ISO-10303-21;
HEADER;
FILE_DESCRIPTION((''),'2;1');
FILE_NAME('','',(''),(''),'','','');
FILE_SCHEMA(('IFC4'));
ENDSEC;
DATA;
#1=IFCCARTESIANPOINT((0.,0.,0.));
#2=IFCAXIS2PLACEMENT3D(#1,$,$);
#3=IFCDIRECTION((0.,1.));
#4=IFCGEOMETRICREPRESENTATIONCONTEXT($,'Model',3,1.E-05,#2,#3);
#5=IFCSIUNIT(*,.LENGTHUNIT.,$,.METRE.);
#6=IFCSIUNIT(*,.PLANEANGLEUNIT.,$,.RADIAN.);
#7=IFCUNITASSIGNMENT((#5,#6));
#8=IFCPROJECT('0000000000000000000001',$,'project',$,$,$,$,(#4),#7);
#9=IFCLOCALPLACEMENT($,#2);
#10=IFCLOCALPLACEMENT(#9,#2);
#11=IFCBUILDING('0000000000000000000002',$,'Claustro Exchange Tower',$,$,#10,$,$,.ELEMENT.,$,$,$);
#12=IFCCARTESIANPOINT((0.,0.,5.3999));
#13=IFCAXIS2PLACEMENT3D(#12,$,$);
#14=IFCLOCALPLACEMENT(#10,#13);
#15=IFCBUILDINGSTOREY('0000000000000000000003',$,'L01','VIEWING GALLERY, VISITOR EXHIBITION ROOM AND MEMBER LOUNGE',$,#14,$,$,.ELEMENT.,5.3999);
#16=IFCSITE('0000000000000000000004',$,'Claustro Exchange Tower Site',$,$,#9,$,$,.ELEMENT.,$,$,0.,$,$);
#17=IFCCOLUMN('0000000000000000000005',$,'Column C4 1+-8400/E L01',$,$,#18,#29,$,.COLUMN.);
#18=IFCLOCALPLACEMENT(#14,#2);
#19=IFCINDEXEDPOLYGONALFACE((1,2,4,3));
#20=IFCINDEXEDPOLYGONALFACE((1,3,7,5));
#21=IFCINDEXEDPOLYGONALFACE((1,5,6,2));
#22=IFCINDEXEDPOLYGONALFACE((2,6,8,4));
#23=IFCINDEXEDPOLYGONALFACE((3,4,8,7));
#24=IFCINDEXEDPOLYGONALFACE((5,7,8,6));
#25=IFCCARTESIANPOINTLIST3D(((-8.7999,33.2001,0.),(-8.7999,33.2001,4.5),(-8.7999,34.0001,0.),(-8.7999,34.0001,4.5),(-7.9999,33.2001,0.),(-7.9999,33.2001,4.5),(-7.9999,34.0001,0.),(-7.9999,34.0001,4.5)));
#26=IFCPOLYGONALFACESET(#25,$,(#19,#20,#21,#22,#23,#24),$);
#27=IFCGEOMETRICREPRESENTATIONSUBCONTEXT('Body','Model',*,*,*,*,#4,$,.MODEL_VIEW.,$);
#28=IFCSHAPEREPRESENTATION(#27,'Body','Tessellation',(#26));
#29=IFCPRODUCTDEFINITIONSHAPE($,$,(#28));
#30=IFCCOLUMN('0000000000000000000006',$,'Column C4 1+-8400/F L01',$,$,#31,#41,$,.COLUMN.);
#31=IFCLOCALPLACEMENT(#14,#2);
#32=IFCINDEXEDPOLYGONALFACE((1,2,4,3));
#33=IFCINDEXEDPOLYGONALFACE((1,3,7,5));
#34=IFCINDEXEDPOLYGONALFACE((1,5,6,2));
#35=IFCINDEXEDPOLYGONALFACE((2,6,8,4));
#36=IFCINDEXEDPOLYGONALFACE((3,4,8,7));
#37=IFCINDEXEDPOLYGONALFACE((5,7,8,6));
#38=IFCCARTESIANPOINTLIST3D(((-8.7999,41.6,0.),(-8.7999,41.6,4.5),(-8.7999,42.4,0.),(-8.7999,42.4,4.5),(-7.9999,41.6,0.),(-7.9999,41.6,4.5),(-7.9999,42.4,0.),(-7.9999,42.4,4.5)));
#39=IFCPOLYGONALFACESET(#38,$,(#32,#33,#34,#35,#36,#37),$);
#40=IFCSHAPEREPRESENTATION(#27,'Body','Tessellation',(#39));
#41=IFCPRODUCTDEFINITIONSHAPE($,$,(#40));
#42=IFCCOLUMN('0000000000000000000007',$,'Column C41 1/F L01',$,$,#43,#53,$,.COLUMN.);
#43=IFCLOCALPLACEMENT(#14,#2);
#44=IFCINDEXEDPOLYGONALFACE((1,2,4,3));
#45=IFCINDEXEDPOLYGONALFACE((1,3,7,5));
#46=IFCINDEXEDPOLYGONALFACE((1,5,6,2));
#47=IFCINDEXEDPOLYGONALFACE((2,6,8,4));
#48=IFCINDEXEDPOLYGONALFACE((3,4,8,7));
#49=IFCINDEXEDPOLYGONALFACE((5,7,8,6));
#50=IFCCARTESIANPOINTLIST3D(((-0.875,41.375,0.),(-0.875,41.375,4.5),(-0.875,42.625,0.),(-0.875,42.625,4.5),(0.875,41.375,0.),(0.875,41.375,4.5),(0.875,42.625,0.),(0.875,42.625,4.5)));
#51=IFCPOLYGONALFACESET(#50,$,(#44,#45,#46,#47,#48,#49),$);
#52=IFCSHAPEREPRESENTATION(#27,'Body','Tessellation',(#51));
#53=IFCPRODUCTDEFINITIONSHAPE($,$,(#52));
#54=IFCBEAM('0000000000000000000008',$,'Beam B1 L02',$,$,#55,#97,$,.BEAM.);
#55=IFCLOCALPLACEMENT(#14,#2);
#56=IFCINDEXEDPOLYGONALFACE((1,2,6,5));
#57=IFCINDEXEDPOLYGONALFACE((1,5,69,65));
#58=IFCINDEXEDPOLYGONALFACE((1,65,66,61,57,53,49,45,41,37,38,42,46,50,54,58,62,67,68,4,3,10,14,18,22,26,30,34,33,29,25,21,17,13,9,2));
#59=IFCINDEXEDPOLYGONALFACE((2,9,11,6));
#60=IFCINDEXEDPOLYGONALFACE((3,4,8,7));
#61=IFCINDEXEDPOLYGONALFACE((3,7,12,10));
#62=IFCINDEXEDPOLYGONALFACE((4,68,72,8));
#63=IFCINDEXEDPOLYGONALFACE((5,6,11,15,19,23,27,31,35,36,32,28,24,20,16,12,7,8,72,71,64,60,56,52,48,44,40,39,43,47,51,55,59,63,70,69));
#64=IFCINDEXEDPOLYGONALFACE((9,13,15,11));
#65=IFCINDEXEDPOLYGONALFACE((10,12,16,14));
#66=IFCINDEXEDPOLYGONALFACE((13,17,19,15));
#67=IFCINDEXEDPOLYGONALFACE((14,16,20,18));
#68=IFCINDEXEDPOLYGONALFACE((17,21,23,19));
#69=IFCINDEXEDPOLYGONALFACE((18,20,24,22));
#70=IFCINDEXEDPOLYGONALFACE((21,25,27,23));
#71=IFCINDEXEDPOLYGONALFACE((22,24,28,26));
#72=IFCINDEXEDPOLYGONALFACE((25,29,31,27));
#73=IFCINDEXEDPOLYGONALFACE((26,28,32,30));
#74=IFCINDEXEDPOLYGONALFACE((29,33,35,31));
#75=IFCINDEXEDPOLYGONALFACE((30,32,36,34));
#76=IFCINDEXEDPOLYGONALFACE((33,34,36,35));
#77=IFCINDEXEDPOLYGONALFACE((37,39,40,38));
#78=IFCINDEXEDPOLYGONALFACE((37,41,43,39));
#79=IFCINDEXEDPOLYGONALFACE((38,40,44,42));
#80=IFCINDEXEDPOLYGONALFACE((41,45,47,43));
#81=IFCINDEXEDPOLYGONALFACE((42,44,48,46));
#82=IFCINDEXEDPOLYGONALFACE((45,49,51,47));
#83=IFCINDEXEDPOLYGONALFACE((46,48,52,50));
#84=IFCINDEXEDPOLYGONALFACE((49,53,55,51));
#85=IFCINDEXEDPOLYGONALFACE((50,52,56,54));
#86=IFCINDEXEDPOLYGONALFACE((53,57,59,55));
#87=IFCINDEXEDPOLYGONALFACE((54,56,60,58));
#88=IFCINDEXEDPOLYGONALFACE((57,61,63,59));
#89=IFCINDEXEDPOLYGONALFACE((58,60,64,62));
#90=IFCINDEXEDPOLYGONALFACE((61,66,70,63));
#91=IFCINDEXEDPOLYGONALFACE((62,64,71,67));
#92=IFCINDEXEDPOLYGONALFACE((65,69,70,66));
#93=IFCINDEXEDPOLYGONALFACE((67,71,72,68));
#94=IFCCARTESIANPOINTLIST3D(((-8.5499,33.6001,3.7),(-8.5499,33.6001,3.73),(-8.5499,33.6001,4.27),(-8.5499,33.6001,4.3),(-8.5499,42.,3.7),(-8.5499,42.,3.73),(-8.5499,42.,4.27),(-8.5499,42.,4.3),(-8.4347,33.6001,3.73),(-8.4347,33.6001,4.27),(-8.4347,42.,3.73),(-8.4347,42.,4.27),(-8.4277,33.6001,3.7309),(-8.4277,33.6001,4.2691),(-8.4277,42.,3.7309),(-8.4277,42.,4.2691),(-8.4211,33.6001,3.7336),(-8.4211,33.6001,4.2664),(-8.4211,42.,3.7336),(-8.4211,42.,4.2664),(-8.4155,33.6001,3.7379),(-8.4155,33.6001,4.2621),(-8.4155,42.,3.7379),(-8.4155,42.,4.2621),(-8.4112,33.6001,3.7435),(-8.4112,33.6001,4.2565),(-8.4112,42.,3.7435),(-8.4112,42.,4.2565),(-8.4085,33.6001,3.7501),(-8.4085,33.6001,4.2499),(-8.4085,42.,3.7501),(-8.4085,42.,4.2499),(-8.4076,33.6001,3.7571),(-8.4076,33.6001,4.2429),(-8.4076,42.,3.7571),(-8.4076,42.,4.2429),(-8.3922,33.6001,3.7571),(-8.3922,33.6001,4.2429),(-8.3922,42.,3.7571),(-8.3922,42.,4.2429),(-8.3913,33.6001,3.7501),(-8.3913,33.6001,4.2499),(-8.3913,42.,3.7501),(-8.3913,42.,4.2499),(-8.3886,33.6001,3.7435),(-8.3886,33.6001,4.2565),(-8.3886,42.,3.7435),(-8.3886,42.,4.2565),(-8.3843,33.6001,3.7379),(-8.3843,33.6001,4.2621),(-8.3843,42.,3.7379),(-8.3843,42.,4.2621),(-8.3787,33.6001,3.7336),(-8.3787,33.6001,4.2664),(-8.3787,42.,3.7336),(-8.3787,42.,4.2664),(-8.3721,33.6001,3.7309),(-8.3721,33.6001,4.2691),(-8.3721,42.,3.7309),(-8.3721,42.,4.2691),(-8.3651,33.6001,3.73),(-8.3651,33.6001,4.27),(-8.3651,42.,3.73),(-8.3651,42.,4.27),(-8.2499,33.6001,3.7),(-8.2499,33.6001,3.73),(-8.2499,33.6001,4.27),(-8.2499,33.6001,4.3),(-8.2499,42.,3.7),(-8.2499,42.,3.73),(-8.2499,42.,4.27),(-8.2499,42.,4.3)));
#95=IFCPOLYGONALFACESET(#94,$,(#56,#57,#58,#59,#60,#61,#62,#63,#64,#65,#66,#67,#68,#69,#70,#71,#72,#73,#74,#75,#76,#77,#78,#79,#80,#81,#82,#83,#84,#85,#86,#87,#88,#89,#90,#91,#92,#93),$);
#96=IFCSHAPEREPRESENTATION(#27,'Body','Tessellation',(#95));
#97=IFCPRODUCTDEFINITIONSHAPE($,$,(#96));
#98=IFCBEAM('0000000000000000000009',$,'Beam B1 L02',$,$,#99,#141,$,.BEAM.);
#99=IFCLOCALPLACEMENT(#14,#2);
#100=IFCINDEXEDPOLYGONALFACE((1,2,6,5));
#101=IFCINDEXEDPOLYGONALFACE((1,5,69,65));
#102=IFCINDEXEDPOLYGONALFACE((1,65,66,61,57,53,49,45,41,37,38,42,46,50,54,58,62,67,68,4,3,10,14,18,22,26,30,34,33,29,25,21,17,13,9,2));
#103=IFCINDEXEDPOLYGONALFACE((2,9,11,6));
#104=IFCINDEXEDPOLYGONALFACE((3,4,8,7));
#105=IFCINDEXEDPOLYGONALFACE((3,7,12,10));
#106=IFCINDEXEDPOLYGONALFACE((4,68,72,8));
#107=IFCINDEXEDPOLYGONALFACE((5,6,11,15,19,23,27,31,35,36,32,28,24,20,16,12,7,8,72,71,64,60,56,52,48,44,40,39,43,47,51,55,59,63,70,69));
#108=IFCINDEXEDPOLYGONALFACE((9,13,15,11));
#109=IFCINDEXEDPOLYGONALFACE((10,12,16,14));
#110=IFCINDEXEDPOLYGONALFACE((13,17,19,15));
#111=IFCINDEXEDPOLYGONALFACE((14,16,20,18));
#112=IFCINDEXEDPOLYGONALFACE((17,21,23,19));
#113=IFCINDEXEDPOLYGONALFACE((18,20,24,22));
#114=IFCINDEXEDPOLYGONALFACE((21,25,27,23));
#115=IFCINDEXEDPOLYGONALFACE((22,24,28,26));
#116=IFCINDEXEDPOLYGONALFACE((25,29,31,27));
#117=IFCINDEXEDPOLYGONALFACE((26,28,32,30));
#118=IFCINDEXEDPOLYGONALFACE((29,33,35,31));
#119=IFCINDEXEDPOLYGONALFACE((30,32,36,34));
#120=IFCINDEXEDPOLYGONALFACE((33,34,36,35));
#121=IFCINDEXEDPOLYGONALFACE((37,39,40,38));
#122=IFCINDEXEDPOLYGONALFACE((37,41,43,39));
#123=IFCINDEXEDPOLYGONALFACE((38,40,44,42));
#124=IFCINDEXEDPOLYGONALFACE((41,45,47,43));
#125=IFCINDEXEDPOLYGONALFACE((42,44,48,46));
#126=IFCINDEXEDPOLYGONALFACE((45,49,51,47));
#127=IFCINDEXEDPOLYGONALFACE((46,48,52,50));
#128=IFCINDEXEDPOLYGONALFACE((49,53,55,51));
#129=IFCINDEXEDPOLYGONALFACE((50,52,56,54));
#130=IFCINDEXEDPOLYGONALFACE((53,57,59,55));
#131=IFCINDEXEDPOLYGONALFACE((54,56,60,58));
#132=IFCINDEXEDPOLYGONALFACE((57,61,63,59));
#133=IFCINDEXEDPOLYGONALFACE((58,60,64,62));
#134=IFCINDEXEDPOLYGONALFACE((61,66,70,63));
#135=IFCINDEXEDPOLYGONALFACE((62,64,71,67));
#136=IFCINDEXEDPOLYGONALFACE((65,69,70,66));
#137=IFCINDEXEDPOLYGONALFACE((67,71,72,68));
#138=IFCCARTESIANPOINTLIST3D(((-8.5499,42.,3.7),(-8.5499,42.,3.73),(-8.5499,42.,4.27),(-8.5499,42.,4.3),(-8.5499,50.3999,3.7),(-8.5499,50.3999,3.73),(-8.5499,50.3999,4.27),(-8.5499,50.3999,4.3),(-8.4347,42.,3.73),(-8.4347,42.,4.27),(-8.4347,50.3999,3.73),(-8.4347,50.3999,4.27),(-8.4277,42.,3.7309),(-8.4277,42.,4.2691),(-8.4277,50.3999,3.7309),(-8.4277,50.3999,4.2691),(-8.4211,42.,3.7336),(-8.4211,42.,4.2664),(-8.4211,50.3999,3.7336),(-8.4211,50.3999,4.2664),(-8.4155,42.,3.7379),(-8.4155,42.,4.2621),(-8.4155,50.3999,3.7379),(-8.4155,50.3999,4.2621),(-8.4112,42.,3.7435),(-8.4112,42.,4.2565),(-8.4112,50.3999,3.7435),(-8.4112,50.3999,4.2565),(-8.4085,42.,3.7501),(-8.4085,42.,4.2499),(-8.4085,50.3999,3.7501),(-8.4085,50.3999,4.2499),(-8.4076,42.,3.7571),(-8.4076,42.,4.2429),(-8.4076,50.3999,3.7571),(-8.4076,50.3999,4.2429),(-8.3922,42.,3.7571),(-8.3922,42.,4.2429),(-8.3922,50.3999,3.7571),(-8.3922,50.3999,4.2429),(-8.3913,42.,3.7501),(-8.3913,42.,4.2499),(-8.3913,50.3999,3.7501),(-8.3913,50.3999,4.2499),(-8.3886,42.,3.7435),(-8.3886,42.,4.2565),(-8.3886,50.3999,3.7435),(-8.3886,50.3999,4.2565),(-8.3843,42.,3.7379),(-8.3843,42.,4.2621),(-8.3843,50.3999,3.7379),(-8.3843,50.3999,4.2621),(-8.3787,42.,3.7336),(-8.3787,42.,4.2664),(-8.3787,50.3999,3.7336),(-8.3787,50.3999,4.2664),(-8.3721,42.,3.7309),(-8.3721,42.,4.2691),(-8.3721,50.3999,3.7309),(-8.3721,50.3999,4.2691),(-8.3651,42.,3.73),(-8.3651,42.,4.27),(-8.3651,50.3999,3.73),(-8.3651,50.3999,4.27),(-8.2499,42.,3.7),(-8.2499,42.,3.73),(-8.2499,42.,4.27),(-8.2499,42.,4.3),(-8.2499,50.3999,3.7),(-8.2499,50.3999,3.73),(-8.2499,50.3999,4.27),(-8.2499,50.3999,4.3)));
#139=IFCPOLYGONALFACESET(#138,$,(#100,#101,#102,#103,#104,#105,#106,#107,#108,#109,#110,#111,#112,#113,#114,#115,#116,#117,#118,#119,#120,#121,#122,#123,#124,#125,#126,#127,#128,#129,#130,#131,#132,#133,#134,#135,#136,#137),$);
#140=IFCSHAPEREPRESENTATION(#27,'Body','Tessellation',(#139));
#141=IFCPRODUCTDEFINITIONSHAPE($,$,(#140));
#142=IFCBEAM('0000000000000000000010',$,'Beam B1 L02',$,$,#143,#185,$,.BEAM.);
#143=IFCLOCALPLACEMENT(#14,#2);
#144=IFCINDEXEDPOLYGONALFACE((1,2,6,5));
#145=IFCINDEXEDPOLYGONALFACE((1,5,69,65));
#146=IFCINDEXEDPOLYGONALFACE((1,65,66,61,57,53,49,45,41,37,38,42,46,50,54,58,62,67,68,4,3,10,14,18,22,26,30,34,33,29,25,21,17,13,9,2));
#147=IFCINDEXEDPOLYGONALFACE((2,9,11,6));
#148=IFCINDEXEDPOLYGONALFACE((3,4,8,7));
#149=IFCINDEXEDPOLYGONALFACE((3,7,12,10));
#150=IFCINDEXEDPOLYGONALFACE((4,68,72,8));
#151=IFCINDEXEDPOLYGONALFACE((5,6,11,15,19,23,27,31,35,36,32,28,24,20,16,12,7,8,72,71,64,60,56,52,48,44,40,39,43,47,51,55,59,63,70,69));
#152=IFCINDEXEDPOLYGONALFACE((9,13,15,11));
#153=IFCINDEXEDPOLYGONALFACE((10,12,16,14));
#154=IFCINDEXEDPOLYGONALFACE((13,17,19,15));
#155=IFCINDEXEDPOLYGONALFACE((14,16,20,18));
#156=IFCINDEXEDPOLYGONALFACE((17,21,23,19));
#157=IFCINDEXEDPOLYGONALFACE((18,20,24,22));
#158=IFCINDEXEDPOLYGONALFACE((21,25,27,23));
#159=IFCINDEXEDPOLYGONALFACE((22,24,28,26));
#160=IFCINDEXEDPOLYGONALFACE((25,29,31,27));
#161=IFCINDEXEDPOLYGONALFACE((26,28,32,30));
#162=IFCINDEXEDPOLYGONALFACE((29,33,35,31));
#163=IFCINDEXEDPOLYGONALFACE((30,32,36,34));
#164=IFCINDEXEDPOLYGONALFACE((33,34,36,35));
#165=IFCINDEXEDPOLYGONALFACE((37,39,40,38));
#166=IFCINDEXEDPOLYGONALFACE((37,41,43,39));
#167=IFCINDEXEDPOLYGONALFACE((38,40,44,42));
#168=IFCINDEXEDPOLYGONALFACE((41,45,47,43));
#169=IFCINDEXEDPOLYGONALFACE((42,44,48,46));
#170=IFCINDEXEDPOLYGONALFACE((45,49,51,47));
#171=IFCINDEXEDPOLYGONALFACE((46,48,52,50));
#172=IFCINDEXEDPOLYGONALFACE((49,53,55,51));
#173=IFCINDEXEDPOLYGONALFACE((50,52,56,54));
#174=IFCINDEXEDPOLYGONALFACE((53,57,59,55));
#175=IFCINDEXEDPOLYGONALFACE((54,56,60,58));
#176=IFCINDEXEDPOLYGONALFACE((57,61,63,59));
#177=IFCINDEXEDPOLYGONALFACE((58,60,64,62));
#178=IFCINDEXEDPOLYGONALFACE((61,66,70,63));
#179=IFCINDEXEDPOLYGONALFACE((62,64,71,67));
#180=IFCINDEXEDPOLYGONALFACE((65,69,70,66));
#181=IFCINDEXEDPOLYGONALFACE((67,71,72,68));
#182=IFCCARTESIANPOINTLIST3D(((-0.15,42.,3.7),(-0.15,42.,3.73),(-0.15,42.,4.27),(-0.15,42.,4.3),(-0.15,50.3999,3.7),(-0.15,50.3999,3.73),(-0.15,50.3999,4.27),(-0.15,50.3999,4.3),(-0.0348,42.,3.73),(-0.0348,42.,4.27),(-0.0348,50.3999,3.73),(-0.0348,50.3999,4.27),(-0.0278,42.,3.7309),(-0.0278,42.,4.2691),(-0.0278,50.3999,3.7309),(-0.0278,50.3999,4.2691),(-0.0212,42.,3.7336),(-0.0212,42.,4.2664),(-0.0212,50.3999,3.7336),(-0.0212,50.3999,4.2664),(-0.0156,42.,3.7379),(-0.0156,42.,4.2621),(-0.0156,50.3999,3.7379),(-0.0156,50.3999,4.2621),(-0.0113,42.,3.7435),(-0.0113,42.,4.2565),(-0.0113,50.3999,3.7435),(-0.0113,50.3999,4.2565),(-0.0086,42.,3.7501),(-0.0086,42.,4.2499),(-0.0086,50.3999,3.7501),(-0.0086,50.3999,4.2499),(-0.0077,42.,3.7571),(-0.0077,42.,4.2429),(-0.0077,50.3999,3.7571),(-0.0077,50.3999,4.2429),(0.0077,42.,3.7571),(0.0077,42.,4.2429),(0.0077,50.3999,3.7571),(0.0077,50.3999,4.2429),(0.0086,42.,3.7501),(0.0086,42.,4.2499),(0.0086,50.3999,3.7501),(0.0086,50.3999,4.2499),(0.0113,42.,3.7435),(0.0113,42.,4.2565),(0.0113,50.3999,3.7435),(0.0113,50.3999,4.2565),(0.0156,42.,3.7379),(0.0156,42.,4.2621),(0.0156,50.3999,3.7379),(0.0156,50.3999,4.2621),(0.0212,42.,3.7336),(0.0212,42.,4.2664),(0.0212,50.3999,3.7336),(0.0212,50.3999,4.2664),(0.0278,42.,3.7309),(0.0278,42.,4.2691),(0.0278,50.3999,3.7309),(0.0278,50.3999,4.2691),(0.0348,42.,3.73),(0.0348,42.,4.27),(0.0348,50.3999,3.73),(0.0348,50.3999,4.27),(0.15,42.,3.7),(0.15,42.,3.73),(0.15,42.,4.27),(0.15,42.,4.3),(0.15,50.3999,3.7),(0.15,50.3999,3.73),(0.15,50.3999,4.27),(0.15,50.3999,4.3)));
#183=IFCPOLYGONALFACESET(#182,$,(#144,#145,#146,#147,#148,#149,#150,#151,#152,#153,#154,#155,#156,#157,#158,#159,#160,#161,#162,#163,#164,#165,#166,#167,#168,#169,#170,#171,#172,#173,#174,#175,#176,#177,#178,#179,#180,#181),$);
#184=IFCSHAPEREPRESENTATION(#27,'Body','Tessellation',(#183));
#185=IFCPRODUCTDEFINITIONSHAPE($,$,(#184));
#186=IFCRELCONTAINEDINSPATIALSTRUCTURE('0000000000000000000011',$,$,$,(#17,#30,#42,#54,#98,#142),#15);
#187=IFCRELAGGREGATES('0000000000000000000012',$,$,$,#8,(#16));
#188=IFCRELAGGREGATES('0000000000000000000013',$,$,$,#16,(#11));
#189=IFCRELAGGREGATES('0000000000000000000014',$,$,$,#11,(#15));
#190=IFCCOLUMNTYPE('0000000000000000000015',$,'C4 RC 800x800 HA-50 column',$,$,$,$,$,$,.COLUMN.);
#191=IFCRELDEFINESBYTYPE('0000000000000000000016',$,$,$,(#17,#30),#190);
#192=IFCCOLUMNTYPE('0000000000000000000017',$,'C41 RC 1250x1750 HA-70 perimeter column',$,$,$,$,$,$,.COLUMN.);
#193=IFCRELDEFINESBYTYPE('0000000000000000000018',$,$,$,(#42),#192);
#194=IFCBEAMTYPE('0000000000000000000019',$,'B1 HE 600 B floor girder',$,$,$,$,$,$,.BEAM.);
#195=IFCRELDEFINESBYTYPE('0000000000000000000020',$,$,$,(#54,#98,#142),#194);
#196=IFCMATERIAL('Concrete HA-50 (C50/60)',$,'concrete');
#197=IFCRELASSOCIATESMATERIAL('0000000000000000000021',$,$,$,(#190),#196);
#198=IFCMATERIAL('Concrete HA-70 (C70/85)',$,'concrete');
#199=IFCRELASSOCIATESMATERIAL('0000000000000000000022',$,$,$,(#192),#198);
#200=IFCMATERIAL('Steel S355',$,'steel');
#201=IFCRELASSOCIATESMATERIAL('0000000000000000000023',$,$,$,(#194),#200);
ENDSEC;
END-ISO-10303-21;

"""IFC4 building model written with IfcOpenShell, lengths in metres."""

from ifc_helpers import new_model, si_unit, direction, frame, origin, origin_2d, place, context, subcontext, project, spatial, rectangle, i_section, extrude, material, material_profile, profile_set, type_object, element, save


model = new_model("IFC4")

# Units and contexts
model_context = context("Model", 3, precision=1e-05, world=origin(), true_north=direction((0.0, 1.0)))
body_context = subcontext(model_context, "Body", "Model", "MODEL_VIEW")
ifc_project = project(units=[si_unit("LENGTHUNIT", "METRE"), si_unit("PLANEANGLEUNIT", "RADIAN")], contexts=[model_context])

# Site, building, storey
site_placement = place(None, origin())
site = spatial("IfcSite", under=ifc_project, at=site_placement, Name="Claustro Exchange Tower Site", CompositionType="ELEMENT", RefElevation=0.0)
building_placement = place(site_placement, origin())
building = spatial("IfcBuilding", under=site, at=building_placement, Name="Claustro Exchange Tower", CompositionType="ELEMENT")
storey_placement = place(building_placement, frame((0.0, 0.0, 5.3999)))
storey = spatial("IfcBuildingStorey", under=building, at=storey_placement, Name="L01", Description="VIEWING GALLERY, VISITOR EXHIBITION ROOM AND MEMBER LOUNGE", CompositionType="ELEMENT", Elevation=5.3999)

# Columns
ifc_material_1 = material(Name="Concrete HA-50 (C50/60)", Category="concrete")
ifc_material_profile_1 = material_profile(ifc_material_1, rectangle(XDim=0.8, YDim=0.8, at=origin_2d()), Name="RC 800x800")
ifc_profile_set_1 = profile_set([ifc_material_profile_1], Name="Concrete HA-50 (C50/60)")
column_type_1 = type_object("IfcColumnType", Name="C4 RC 800x800 HA-50 column", PredefinedType="COLUMN", material=ifc_profile_set_1)
for number, where, z_axis, x_axis, name in (
    (1, (-8.3999, 33.6001, 0.0), (0.0, 0.0, 1.0), (1.0, 0.0, 0.0), "Column C4 1+-8400/E L01"),
    (2, (-8.3999, 42.0, 0.0), (0.0, 0.0, 1.0), (1.0, 0.0, 0.0), "Column C4 1+-8400/F L01"),
):
    element("IfcColumn", number, at=place(storey_placement, frame(where, z_axis=z_axis, x_axis=x_axis)), inside=storey, type_object=column_type_1, Name=name, PredefinedType="COLUMN", context=body_context, shape_type="SweptSolid", body=[
        extrude(rectangle(XDim=0.8, YDim=0.8, at=origin_2d()), origin(), (0.0, 0.0, 1.0), 4.5),
    ])
ifc_material_2 = material(Name="Concrete HA-70 (C70/85)", Category="concrete")
ifc_material_profile_2 = material_profile(ifc_material_2, rectangle(XDim=1.25, YDim=1.75, at=origin_2d()), Name="RC 1250x1750")
ifc_profile_set_2 = profile_set([ifc_material_profile_2], Name="Concrete HA-70 (C70/85)")
column_type_2 = type_object("IfcColumnType", Name="C41 RC 1250x1750 HA-70 perimeter column", PredefinedType="COLUMN", material=ifc_profile_set_2)
column_placement = place(storey_placement, frame((0.0, 42.0, 0.0), z_axis=(0.0, 0.0, 1.0), x_axis=(0.0, 1.0, 0.0)))
element("IfcColumn", 3, at=column_placement, inside=storey, type_object=column_type_2, Name="Column C41 1/F L01", PredefinedType="COLUMN", context=body_context, shape_type="SweptSolid", body=[
    extrude(rectangle(XDim=1.25, YDim=1.75, at=origin_2d()), origin(), (0.0, 0.0, 1.0), 4.5),
])

# Beams
ifc_material_3 = material(Name="Steel S355", Category="steel")
ifc_material_profile_3 = material_profile(ifc_material_3, i_section(OverallWidth=0.3, OverallDepth=0.6001, WebThickness=0.0154, FlangeThickness=0.03, FilletRadius=0.0271, at=origin_2d()), Name="HE 600 B")
ifc_profile_set_3 = profile_set([ifc_material_profile_3], Name="Steel S355")
beam_type_1 = type_object("IfcBeamType", Name="B1 HE 600 B floor girder", PredefinedType="BEAM", material=ifc_profile_set_3)
for number, where, z_axis, x_axis, name in (
    (4, (-8.3999, 33.6001, 4.0), (0.0, 1.0, 0.0), (-1.0, 0.0, 0.0), "Beam B1 L02"),
    (5, (-8.3999, 42.0, 4.0), (0.0, 1.0, 0.0), (-1.0, 0.0, 0.0), "Beam B1 L02"),
    (6, (0.0, 42.0, 4.0), (0.0, 1.0, 0.0), (-1.0, 0.0, 0.0), "Beam B1 L02"),
):
    element("IfcBeam", number, at=place(storey_placement, frame(where, z_axis=z_axis, x_axis=x_axis)), inside=storey, type_object=beam_type_1, Name=name, PredefinedType="BEAM", context=body_context, shape_type="SweptSolid", body=[
        extrude(i_section(OverallWidth=0.3, OverallDepth=0.6001, WebThickness=0.0154, FlangeThickness=0.03, FilletRadius=0.0271, at=origin_2d()), origin(), (0.0, 0.0, 1.0), 8.3999),
    ])

save(model, "model.ifc")
